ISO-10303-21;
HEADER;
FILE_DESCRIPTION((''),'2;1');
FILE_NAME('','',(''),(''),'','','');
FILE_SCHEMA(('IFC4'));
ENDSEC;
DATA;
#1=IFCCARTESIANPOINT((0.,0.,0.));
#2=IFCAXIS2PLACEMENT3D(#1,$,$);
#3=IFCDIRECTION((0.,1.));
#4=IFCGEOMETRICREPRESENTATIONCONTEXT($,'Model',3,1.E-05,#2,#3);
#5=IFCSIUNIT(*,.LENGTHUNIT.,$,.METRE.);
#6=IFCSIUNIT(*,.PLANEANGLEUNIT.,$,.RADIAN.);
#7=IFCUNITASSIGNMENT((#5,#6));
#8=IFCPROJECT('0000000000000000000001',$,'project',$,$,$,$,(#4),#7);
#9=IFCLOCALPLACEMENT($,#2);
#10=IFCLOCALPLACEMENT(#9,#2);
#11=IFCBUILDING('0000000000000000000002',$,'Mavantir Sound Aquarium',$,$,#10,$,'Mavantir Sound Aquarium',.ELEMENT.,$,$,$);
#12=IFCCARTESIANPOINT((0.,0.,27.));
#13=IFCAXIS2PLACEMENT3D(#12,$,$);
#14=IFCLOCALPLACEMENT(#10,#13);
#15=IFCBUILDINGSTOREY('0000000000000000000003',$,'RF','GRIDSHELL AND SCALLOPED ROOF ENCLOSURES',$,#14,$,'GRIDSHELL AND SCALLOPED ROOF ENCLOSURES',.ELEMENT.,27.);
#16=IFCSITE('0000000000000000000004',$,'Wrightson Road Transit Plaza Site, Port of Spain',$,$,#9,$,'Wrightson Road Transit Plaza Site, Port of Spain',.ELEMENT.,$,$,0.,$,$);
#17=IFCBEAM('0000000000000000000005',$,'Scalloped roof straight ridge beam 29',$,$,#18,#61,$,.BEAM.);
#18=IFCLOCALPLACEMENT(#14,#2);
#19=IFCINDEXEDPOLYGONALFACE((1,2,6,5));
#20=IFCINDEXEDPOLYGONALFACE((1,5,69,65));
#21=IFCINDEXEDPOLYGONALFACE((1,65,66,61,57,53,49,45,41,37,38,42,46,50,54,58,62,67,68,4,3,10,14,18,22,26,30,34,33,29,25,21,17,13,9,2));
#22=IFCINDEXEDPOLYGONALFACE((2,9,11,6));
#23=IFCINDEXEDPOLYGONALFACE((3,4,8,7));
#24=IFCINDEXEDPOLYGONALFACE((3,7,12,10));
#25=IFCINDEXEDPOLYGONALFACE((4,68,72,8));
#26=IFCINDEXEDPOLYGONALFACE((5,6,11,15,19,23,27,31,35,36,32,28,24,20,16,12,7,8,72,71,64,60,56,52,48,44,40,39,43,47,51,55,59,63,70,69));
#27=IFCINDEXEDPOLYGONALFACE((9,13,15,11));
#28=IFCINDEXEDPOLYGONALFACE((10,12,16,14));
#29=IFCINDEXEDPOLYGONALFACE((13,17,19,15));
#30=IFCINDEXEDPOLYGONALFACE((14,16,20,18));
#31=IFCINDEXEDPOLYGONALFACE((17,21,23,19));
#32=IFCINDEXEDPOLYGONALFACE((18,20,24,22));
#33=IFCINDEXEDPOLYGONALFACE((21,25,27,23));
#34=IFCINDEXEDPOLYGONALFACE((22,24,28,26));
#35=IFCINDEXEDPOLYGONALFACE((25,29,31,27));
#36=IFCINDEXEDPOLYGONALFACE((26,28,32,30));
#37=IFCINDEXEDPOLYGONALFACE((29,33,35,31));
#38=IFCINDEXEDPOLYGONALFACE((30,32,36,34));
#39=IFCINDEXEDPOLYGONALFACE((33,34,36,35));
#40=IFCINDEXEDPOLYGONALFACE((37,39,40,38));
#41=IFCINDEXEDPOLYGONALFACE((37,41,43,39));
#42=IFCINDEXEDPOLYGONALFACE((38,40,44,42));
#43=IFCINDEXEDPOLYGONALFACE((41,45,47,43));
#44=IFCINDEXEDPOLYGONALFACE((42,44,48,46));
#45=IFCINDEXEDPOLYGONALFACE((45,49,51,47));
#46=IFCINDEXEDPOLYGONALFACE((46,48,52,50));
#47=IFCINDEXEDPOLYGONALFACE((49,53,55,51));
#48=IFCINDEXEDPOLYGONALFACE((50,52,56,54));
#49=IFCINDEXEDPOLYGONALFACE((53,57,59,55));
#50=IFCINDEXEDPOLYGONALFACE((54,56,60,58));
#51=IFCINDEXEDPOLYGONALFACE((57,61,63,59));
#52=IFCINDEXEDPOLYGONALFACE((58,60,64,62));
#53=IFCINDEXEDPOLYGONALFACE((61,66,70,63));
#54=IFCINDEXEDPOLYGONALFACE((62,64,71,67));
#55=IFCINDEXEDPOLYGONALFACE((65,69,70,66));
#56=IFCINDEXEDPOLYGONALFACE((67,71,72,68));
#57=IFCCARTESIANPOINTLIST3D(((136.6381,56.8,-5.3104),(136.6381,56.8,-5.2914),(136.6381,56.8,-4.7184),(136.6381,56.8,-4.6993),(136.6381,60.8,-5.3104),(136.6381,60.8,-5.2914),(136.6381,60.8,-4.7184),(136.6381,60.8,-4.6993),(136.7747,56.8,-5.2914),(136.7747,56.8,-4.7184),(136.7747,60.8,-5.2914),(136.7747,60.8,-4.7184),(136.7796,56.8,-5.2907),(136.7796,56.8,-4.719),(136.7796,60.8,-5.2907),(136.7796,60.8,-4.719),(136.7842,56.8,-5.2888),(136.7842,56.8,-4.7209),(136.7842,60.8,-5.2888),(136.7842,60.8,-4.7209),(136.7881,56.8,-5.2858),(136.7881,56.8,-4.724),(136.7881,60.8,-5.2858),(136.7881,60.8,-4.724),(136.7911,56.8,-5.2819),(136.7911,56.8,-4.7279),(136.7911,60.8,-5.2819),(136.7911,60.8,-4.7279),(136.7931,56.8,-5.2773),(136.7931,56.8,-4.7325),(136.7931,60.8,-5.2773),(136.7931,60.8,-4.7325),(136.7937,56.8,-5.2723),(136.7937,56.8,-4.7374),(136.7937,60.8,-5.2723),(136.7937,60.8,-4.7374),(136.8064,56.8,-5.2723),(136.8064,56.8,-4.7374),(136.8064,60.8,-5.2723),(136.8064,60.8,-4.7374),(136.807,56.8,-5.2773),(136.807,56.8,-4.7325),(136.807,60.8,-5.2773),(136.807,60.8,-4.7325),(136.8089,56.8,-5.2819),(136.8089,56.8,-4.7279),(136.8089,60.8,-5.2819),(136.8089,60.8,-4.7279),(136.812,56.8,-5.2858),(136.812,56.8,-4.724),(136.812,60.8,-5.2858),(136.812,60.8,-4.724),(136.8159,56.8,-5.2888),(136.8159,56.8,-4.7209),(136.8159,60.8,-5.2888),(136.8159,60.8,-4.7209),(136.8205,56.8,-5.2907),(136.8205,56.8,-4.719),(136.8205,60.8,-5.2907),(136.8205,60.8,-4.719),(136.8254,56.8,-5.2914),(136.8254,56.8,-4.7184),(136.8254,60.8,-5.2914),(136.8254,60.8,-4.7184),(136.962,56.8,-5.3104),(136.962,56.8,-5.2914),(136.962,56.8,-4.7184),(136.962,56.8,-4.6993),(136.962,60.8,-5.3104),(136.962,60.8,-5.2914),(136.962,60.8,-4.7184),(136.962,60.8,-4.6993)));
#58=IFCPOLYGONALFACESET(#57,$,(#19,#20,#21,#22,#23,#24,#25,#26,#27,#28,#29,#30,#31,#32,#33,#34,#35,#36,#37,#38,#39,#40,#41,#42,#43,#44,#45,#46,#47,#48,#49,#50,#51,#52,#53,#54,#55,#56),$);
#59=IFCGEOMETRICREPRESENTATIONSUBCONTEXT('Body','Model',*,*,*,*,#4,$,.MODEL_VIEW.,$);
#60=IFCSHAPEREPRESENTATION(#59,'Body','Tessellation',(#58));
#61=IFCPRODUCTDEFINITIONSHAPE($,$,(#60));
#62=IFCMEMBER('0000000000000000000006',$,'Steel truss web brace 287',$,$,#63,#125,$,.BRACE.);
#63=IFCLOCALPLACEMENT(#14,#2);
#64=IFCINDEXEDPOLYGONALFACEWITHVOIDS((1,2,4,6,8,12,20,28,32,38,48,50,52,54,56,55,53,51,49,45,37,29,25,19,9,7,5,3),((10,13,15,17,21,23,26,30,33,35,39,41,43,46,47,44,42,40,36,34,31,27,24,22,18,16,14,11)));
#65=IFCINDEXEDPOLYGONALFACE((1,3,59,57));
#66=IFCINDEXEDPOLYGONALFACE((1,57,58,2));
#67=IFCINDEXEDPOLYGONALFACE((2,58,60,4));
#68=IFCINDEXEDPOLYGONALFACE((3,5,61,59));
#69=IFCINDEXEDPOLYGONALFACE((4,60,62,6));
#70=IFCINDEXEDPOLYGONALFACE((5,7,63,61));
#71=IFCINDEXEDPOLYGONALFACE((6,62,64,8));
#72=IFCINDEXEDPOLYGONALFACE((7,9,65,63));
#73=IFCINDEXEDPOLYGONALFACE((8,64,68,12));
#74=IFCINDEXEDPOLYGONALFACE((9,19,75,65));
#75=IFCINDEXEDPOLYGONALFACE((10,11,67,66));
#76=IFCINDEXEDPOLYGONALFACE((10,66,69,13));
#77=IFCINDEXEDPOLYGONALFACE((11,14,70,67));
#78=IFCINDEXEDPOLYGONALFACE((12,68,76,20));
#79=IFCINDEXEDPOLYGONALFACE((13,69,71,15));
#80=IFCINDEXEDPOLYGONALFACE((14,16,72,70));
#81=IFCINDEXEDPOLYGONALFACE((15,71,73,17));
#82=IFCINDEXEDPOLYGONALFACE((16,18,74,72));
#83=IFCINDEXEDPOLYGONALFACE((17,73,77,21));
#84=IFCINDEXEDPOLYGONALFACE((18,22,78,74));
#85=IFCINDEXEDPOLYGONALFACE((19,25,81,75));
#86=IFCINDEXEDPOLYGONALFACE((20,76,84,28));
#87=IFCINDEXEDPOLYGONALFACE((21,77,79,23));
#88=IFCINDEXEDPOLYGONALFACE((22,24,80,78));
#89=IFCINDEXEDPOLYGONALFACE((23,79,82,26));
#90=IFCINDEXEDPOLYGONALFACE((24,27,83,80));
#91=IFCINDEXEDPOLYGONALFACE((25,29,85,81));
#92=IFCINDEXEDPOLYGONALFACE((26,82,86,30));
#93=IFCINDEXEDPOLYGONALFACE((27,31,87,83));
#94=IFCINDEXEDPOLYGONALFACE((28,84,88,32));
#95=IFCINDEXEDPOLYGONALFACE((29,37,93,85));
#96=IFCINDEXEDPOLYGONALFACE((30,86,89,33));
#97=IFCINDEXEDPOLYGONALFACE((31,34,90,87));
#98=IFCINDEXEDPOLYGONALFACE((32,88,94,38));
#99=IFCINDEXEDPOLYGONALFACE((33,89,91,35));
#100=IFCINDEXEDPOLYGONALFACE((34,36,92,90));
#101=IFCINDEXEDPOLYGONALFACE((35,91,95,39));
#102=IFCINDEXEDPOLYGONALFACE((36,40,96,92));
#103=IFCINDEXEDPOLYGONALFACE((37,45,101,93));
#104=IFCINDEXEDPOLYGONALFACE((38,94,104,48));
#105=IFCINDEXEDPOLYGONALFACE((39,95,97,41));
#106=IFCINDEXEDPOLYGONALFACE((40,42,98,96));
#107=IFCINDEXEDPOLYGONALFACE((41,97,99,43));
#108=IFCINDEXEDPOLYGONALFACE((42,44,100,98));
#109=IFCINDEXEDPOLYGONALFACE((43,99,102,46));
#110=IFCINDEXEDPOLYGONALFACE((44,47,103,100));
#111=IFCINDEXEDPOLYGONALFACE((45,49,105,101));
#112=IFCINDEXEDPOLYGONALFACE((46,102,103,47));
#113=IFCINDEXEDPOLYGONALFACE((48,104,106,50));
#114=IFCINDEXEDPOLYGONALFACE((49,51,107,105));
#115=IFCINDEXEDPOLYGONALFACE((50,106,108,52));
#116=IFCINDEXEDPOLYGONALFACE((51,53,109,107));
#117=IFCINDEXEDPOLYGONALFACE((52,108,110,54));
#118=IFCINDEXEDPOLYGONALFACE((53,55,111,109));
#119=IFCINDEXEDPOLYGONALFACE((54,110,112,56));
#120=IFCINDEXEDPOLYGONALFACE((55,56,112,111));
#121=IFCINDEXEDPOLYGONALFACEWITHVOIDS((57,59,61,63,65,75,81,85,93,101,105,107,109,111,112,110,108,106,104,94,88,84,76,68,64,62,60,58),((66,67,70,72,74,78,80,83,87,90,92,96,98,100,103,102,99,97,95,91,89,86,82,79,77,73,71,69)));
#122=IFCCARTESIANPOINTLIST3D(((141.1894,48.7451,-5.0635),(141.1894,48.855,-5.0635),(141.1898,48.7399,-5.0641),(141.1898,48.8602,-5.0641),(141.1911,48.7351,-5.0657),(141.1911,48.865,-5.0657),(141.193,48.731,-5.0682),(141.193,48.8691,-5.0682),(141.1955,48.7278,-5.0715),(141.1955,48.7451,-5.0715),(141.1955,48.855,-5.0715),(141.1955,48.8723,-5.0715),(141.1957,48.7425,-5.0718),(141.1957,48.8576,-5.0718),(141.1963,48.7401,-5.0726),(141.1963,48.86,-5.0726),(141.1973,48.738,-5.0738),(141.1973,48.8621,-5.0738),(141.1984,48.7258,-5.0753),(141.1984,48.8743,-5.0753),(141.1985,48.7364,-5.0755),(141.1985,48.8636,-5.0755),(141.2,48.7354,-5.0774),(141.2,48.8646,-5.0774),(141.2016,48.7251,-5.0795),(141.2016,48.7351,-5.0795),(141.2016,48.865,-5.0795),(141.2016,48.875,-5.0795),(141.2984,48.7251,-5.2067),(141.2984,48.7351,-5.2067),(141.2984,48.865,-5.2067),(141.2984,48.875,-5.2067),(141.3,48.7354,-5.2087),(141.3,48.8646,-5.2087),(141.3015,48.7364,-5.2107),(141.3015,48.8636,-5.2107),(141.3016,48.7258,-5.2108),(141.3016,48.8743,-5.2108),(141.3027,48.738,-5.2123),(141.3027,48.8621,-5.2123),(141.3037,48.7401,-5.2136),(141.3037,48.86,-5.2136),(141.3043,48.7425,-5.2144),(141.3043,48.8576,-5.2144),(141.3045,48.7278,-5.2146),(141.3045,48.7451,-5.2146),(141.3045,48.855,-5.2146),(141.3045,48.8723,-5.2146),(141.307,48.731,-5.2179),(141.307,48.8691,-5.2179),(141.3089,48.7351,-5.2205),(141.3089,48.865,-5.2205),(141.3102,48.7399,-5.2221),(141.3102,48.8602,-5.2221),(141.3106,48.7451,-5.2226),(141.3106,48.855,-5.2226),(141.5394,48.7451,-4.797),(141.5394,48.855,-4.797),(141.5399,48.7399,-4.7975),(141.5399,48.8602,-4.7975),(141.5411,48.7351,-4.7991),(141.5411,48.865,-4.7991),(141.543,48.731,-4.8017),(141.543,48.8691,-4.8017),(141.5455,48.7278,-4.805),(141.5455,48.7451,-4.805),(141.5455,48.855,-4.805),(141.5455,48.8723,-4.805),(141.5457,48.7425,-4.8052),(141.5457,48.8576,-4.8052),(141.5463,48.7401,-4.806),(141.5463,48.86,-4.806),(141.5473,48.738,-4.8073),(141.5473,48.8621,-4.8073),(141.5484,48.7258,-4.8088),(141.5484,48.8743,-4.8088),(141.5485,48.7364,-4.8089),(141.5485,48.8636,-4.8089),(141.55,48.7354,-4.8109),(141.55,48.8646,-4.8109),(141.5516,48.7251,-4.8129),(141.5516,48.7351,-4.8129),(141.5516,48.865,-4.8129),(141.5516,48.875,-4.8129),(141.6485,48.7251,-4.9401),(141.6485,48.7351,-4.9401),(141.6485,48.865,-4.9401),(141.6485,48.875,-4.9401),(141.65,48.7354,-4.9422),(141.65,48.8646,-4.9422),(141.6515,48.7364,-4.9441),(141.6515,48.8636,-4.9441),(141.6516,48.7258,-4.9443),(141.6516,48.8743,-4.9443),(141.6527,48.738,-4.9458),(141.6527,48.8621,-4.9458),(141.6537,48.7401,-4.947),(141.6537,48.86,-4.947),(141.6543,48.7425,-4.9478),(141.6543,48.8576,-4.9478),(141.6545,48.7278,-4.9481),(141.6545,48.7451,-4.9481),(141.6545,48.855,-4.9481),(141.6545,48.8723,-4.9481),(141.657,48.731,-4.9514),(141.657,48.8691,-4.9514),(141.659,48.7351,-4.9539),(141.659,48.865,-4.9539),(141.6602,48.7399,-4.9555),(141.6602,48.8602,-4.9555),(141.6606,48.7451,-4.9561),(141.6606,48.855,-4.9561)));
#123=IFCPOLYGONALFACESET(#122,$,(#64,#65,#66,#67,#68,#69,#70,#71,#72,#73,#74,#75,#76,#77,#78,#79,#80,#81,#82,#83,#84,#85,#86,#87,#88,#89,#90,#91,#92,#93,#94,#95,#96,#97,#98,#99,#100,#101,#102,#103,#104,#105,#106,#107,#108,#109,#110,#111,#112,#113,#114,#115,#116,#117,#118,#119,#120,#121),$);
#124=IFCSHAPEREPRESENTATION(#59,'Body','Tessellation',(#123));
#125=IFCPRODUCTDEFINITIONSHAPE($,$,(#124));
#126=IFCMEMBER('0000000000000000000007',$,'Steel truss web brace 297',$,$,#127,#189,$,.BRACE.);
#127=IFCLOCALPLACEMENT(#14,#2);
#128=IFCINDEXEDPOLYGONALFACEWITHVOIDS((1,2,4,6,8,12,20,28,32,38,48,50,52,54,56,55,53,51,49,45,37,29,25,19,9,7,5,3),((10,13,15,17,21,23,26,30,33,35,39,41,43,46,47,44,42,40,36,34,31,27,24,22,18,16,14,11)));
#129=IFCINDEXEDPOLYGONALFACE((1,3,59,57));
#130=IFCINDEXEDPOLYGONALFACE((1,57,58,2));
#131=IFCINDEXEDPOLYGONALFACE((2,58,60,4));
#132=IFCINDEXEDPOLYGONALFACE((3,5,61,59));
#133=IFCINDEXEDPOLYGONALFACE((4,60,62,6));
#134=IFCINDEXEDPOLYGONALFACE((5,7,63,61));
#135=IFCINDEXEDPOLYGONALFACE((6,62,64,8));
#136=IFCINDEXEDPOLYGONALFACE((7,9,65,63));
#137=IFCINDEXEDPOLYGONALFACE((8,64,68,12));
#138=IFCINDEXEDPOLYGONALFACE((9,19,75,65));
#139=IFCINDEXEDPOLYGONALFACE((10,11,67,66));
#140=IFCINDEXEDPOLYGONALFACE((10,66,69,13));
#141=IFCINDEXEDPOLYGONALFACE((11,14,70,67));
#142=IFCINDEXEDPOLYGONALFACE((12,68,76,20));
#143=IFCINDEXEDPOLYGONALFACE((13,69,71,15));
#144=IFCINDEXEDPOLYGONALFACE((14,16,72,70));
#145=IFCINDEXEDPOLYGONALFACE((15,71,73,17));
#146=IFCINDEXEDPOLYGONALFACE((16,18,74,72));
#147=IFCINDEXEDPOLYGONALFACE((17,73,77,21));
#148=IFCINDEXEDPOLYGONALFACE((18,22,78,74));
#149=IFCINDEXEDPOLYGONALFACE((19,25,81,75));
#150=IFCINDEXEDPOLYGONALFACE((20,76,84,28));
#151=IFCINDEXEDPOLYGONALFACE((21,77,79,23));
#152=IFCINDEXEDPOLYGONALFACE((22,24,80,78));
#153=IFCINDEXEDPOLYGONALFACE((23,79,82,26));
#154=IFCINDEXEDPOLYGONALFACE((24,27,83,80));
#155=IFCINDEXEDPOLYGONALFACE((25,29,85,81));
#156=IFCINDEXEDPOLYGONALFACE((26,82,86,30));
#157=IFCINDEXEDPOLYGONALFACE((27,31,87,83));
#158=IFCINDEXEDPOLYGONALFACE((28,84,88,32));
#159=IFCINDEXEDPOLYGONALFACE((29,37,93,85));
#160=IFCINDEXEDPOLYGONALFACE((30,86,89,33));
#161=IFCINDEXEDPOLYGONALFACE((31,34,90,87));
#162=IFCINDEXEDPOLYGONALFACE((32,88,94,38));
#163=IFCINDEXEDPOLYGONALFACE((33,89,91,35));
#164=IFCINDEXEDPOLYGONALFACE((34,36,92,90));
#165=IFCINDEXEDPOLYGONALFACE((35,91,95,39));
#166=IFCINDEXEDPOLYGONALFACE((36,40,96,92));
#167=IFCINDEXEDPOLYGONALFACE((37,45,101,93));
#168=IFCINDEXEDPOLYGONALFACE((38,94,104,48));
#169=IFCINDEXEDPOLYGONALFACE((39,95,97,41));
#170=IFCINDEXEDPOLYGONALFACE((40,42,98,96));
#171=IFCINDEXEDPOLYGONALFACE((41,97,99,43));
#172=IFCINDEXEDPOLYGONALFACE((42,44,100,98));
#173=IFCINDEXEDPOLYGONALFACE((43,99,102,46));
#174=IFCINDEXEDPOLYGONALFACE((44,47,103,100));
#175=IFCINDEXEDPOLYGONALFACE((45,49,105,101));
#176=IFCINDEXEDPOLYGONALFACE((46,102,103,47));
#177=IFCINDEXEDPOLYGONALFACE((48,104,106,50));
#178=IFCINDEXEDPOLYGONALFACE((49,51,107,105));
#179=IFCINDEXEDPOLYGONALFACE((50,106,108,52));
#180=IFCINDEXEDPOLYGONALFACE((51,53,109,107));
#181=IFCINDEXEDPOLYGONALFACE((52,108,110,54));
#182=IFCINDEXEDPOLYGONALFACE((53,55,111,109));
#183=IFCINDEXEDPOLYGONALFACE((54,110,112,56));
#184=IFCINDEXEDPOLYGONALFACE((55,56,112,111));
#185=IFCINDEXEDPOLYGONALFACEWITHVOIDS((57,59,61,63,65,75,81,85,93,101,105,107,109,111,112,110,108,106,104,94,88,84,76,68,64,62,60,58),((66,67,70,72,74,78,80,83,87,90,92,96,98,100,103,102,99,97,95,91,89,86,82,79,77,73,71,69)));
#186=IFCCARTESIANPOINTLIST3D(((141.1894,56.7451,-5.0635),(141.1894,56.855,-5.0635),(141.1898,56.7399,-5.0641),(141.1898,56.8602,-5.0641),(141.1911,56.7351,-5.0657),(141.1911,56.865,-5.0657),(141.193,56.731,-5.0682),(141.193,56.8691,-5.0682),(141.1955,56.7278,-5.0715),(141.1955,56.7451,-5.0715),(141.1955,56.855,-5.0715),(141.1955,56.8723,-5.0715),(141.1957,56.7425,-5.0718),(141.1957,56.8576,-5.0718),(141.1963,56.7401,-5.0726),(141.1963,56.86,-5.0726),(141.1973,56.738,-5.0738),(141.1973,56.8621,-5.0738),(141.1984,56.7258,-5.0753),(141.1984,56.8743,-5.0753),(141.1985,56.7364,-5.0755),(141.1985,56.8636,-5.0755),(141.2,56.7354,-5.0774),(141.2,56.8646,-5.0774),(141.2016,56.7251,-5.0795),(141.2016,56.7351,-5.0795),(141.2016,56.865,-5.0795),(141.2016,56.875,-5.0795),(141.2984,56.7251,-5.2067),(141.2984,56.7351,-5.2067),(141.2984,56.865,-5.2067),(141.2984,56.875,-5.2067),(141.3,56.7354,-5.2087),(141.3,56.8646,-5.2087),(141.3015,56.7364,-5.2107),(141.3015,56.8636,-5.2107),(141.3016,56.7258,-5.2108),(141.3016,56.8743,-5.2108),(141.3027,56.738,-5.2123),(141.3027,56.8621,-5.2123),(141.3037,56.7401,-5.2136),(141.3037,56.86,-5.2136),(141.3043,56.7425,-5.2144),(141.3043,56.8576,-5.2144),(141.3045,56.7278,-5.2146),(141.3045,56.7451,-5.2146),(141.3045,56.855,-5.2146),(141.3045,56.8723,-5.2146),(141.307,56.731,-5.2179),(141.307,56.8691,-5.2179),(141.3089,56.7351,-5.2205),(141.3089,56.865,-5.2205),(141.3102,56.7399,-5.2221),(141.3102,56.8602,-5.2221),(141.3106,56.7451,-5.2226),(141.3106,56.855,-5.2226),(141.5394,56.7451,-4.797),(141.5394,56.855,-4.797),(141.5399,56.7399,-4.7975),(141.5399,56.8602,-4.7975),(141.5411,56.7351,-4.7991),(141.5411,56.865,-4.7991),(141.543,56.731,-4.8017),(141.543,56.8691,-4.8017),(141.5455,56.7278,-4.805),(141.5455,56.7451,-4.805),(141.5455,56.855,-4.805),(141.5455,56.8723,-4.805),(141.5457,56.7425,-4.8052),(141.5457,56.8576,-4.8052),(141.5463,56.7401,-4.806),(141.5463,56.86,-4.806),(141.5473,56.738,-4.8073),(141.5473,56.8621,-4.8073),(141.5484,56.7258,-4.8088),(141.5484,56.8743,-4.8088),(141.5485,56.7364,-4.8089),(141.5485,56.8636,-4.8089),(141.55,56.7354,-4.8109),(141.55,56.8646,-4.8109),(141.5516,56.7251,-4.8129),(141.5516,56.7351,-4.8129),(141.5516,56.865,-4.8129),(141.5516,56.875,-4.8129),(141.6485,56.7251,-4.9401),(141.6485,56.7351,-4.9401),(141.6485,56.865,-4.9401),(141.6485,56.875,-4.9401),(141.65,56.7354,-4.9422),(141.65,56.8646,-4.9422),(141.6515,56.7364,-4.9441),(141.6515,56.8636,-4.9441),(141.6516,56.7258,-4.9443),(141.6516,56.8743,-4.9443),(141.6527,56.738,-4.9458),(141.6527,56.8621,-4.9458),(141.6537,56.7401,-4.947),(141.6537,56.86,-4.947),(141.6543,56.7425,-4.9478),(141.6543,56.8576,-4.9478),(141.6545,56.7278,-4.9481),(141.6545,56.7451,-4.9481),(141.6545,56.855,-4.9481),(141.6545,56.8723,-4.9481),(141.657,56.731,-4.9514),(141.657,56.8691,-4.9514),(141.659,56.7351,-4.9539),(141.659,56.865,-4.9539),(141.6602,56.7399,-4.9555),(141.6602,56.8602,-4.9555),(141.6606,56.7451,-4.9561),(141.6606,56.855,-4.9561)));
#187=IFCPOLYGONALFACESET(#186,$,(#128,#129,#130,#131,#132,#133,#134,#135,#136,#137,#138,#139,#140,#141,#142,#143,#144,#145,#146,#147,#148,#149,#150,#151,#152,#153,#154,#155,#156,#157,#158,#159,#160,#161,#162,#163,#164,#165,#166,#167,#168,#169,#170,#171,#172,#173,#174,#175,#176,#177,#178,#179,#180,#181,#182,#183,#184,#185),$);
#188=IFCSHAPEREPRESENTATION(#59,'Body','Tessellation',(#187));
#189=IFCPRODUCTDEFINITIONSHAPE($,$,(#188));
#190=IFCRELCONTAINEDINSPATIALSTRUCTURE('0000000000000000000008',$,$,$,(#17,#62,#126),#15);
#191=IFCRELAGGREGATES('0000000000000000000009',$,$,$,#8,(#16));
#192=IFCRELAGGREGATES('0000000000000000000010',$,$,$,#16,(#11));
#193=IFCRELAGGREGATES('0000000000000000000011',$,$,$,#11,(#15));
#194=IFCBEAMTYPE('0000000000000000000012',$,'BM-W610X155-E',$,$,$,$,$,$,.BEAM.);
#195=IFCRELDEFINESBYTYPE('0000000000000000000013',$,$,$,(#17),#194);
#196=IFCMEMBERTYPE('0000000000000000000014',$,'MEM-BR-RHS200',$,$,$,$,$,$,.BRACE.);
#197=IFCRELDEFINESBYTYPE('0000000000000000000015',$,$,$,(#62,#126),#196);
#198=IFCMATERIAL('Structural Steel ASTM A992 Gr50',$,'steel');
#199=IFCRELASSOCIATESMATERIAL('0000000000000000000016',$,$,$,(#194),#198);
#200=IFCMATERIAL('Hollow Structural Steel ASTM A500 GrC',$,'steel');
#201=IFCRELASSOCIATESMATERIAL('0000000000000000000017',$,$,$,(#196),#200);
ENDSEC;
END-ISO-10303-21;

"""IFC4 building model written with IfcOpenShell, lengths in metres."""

from ifc_helpers import new_model, si_unit, direction, frame, origin, origin_2d, place, context, subcontext, project, spatial, hollow_rectangle, i_section, extrude, material, material_profile, profile_set, type_object, element, save


model = new_model("IFC4")

# Units and contexts
model_context = context("Model", 3, precision=1e-05, world=origin(), true_north=direction((0.0, 1.0)))
body_context = subcontext(model_context, "Body", "Model", "MODEL_VIEW")
ifc_project = project(units=[si_unit("LENGTHUNIT", "METRE"), si_unit("PLANEANGLEUNIT", "RADIAN")], contexts=[model_context])

# Site, building, storey
site_placement = place(None, origin())
site = spatial("IfcSite", under=ifc_project, at=site_placement, Name="Wrightson Road Transit Plaza Site, Port of Spain", LongName="Wrightson Road Transit Plaza Site, Port of Spain", CompositionType="ELEMENT", RefElevation=0.0)
building_placement = place(site_placement, origin())
building = spatial("IfcBuilding", under=site, at=building_placement, Name="Mavantir Sound Aquarium", LongName="Mavantir Sound Aquarium", CompositionType="ELEMENT")
storey_placement = place(building_placement, frame((0.0, 0.0, 27.0)))
storey = spatial("IfcBuildingStorey", under=building, at=storey_placement, Name="RF", Description="GRIDSHELL AND SCALLOPED ROOF ENCLOSURES", LongName="GRIDSHELL AND SCALLOPED ROOF ENCLOSURES", CompositionType="ELEMENT", Elevation=27.0)

# Beam
ifc_material_1 = material(Name="Structural Steel ASTM A992 Gr50", Category="steel")
ifc_material_profile_1 = material_profile(ifc_material_1, i_section(OverallWidth=0.324, OverallDepth=0.6111, WebThickness=0.0127, FlangeThickness=0.019, FilletRadius=0.019, at=origin_2d()), Name="W610X155")
ifc_profile_set_1 = profile_set([ifc_material_profile_1], Name="Structural Steel ASTM A992 Gr50")
beam_type_1 = type_object("IfcBeamType", Name="BM-W610X155-E", PredefinedType="BEAM", material=ifc_profile_set_1)
beam_1_placement = place(storey_placement, frame((136.8, 56.8, -5.0049), z_axis=(0.0, 1.0, 0.0), x_axis=(-1.0, 0.0, 0.0)))
element("IfcBeam", 1, at=beam_1_placement, inside=storey, type_object=beam_type_1, Name="Scalloped roof straight ridge beam 29", PredefinedType="BEAM", context=body_context, shape_type="SweptSolid", body=[
    extrude(i_section(OverallWidth=0.324, OverallDepth=0.6111, WebThickness=0.0127, FlangeThickness=0.019, FilletRadius=0.019, at=origin_2d()), origin(), (0.0, 0.0, 1.0), 4.0),
])

# Members
ifc_material_2 = material(Name="Hollow Structural Steel ASTM A500 GrC", Category="steel")
ifc_material_profile_2 = material_profile(ifc_material_2, hollow_rectangle(XDim=0.1499, YDim=0.2, WallThickness=0.01, InnerFilletRadius=0.01, OuterFilletRadius=0.02, at=origin_2d()), Name="RHS 200X150X10")
ifc_profile_set_2 = profile_set([ifc_material_profile_2], Name="Hollow Structural Steel ASTM A500 GrC")
member_type_1 = type_object("IfcMemberType", Name="MEM-BR-RHS200", PredefinedType="BRACE", material=ifc_profile_set_2)
for number, where, z_axis, x_axis, name in (
    (2, (141.25, 48.8, -5.1431), (0.795585, 0.0, 0.605843), (0.0, 1.0, 0.0), "Steel truss web brace 287"),
    (3, (141.25, 56.8, -5.1431), (0.795585, 0.0, 0.605843), (0.0, 1.0, 0.0), "Steel truss web brace 297"),
):
    element("IfcMember", number, at=place(storey_placement, frame(where, z_axis=z_axis, x_axis=x_axis)), inside=storey, type_object=member_type_1, Name=name, PredefinedType="BRACE", context=body_context, shape_type="SweptSolid", body=[
        extrude(hollow_rectangle(XDim=0.1499, YDim=0.2, WallThickness=0.01, InnerFilletRadius=0.01, OuterFilletRadius=0.02, at=origin_2d()), origin(), (0.0, 0.0, 1.0), 0.4399),
    ])

save(model, "model.ifc")
